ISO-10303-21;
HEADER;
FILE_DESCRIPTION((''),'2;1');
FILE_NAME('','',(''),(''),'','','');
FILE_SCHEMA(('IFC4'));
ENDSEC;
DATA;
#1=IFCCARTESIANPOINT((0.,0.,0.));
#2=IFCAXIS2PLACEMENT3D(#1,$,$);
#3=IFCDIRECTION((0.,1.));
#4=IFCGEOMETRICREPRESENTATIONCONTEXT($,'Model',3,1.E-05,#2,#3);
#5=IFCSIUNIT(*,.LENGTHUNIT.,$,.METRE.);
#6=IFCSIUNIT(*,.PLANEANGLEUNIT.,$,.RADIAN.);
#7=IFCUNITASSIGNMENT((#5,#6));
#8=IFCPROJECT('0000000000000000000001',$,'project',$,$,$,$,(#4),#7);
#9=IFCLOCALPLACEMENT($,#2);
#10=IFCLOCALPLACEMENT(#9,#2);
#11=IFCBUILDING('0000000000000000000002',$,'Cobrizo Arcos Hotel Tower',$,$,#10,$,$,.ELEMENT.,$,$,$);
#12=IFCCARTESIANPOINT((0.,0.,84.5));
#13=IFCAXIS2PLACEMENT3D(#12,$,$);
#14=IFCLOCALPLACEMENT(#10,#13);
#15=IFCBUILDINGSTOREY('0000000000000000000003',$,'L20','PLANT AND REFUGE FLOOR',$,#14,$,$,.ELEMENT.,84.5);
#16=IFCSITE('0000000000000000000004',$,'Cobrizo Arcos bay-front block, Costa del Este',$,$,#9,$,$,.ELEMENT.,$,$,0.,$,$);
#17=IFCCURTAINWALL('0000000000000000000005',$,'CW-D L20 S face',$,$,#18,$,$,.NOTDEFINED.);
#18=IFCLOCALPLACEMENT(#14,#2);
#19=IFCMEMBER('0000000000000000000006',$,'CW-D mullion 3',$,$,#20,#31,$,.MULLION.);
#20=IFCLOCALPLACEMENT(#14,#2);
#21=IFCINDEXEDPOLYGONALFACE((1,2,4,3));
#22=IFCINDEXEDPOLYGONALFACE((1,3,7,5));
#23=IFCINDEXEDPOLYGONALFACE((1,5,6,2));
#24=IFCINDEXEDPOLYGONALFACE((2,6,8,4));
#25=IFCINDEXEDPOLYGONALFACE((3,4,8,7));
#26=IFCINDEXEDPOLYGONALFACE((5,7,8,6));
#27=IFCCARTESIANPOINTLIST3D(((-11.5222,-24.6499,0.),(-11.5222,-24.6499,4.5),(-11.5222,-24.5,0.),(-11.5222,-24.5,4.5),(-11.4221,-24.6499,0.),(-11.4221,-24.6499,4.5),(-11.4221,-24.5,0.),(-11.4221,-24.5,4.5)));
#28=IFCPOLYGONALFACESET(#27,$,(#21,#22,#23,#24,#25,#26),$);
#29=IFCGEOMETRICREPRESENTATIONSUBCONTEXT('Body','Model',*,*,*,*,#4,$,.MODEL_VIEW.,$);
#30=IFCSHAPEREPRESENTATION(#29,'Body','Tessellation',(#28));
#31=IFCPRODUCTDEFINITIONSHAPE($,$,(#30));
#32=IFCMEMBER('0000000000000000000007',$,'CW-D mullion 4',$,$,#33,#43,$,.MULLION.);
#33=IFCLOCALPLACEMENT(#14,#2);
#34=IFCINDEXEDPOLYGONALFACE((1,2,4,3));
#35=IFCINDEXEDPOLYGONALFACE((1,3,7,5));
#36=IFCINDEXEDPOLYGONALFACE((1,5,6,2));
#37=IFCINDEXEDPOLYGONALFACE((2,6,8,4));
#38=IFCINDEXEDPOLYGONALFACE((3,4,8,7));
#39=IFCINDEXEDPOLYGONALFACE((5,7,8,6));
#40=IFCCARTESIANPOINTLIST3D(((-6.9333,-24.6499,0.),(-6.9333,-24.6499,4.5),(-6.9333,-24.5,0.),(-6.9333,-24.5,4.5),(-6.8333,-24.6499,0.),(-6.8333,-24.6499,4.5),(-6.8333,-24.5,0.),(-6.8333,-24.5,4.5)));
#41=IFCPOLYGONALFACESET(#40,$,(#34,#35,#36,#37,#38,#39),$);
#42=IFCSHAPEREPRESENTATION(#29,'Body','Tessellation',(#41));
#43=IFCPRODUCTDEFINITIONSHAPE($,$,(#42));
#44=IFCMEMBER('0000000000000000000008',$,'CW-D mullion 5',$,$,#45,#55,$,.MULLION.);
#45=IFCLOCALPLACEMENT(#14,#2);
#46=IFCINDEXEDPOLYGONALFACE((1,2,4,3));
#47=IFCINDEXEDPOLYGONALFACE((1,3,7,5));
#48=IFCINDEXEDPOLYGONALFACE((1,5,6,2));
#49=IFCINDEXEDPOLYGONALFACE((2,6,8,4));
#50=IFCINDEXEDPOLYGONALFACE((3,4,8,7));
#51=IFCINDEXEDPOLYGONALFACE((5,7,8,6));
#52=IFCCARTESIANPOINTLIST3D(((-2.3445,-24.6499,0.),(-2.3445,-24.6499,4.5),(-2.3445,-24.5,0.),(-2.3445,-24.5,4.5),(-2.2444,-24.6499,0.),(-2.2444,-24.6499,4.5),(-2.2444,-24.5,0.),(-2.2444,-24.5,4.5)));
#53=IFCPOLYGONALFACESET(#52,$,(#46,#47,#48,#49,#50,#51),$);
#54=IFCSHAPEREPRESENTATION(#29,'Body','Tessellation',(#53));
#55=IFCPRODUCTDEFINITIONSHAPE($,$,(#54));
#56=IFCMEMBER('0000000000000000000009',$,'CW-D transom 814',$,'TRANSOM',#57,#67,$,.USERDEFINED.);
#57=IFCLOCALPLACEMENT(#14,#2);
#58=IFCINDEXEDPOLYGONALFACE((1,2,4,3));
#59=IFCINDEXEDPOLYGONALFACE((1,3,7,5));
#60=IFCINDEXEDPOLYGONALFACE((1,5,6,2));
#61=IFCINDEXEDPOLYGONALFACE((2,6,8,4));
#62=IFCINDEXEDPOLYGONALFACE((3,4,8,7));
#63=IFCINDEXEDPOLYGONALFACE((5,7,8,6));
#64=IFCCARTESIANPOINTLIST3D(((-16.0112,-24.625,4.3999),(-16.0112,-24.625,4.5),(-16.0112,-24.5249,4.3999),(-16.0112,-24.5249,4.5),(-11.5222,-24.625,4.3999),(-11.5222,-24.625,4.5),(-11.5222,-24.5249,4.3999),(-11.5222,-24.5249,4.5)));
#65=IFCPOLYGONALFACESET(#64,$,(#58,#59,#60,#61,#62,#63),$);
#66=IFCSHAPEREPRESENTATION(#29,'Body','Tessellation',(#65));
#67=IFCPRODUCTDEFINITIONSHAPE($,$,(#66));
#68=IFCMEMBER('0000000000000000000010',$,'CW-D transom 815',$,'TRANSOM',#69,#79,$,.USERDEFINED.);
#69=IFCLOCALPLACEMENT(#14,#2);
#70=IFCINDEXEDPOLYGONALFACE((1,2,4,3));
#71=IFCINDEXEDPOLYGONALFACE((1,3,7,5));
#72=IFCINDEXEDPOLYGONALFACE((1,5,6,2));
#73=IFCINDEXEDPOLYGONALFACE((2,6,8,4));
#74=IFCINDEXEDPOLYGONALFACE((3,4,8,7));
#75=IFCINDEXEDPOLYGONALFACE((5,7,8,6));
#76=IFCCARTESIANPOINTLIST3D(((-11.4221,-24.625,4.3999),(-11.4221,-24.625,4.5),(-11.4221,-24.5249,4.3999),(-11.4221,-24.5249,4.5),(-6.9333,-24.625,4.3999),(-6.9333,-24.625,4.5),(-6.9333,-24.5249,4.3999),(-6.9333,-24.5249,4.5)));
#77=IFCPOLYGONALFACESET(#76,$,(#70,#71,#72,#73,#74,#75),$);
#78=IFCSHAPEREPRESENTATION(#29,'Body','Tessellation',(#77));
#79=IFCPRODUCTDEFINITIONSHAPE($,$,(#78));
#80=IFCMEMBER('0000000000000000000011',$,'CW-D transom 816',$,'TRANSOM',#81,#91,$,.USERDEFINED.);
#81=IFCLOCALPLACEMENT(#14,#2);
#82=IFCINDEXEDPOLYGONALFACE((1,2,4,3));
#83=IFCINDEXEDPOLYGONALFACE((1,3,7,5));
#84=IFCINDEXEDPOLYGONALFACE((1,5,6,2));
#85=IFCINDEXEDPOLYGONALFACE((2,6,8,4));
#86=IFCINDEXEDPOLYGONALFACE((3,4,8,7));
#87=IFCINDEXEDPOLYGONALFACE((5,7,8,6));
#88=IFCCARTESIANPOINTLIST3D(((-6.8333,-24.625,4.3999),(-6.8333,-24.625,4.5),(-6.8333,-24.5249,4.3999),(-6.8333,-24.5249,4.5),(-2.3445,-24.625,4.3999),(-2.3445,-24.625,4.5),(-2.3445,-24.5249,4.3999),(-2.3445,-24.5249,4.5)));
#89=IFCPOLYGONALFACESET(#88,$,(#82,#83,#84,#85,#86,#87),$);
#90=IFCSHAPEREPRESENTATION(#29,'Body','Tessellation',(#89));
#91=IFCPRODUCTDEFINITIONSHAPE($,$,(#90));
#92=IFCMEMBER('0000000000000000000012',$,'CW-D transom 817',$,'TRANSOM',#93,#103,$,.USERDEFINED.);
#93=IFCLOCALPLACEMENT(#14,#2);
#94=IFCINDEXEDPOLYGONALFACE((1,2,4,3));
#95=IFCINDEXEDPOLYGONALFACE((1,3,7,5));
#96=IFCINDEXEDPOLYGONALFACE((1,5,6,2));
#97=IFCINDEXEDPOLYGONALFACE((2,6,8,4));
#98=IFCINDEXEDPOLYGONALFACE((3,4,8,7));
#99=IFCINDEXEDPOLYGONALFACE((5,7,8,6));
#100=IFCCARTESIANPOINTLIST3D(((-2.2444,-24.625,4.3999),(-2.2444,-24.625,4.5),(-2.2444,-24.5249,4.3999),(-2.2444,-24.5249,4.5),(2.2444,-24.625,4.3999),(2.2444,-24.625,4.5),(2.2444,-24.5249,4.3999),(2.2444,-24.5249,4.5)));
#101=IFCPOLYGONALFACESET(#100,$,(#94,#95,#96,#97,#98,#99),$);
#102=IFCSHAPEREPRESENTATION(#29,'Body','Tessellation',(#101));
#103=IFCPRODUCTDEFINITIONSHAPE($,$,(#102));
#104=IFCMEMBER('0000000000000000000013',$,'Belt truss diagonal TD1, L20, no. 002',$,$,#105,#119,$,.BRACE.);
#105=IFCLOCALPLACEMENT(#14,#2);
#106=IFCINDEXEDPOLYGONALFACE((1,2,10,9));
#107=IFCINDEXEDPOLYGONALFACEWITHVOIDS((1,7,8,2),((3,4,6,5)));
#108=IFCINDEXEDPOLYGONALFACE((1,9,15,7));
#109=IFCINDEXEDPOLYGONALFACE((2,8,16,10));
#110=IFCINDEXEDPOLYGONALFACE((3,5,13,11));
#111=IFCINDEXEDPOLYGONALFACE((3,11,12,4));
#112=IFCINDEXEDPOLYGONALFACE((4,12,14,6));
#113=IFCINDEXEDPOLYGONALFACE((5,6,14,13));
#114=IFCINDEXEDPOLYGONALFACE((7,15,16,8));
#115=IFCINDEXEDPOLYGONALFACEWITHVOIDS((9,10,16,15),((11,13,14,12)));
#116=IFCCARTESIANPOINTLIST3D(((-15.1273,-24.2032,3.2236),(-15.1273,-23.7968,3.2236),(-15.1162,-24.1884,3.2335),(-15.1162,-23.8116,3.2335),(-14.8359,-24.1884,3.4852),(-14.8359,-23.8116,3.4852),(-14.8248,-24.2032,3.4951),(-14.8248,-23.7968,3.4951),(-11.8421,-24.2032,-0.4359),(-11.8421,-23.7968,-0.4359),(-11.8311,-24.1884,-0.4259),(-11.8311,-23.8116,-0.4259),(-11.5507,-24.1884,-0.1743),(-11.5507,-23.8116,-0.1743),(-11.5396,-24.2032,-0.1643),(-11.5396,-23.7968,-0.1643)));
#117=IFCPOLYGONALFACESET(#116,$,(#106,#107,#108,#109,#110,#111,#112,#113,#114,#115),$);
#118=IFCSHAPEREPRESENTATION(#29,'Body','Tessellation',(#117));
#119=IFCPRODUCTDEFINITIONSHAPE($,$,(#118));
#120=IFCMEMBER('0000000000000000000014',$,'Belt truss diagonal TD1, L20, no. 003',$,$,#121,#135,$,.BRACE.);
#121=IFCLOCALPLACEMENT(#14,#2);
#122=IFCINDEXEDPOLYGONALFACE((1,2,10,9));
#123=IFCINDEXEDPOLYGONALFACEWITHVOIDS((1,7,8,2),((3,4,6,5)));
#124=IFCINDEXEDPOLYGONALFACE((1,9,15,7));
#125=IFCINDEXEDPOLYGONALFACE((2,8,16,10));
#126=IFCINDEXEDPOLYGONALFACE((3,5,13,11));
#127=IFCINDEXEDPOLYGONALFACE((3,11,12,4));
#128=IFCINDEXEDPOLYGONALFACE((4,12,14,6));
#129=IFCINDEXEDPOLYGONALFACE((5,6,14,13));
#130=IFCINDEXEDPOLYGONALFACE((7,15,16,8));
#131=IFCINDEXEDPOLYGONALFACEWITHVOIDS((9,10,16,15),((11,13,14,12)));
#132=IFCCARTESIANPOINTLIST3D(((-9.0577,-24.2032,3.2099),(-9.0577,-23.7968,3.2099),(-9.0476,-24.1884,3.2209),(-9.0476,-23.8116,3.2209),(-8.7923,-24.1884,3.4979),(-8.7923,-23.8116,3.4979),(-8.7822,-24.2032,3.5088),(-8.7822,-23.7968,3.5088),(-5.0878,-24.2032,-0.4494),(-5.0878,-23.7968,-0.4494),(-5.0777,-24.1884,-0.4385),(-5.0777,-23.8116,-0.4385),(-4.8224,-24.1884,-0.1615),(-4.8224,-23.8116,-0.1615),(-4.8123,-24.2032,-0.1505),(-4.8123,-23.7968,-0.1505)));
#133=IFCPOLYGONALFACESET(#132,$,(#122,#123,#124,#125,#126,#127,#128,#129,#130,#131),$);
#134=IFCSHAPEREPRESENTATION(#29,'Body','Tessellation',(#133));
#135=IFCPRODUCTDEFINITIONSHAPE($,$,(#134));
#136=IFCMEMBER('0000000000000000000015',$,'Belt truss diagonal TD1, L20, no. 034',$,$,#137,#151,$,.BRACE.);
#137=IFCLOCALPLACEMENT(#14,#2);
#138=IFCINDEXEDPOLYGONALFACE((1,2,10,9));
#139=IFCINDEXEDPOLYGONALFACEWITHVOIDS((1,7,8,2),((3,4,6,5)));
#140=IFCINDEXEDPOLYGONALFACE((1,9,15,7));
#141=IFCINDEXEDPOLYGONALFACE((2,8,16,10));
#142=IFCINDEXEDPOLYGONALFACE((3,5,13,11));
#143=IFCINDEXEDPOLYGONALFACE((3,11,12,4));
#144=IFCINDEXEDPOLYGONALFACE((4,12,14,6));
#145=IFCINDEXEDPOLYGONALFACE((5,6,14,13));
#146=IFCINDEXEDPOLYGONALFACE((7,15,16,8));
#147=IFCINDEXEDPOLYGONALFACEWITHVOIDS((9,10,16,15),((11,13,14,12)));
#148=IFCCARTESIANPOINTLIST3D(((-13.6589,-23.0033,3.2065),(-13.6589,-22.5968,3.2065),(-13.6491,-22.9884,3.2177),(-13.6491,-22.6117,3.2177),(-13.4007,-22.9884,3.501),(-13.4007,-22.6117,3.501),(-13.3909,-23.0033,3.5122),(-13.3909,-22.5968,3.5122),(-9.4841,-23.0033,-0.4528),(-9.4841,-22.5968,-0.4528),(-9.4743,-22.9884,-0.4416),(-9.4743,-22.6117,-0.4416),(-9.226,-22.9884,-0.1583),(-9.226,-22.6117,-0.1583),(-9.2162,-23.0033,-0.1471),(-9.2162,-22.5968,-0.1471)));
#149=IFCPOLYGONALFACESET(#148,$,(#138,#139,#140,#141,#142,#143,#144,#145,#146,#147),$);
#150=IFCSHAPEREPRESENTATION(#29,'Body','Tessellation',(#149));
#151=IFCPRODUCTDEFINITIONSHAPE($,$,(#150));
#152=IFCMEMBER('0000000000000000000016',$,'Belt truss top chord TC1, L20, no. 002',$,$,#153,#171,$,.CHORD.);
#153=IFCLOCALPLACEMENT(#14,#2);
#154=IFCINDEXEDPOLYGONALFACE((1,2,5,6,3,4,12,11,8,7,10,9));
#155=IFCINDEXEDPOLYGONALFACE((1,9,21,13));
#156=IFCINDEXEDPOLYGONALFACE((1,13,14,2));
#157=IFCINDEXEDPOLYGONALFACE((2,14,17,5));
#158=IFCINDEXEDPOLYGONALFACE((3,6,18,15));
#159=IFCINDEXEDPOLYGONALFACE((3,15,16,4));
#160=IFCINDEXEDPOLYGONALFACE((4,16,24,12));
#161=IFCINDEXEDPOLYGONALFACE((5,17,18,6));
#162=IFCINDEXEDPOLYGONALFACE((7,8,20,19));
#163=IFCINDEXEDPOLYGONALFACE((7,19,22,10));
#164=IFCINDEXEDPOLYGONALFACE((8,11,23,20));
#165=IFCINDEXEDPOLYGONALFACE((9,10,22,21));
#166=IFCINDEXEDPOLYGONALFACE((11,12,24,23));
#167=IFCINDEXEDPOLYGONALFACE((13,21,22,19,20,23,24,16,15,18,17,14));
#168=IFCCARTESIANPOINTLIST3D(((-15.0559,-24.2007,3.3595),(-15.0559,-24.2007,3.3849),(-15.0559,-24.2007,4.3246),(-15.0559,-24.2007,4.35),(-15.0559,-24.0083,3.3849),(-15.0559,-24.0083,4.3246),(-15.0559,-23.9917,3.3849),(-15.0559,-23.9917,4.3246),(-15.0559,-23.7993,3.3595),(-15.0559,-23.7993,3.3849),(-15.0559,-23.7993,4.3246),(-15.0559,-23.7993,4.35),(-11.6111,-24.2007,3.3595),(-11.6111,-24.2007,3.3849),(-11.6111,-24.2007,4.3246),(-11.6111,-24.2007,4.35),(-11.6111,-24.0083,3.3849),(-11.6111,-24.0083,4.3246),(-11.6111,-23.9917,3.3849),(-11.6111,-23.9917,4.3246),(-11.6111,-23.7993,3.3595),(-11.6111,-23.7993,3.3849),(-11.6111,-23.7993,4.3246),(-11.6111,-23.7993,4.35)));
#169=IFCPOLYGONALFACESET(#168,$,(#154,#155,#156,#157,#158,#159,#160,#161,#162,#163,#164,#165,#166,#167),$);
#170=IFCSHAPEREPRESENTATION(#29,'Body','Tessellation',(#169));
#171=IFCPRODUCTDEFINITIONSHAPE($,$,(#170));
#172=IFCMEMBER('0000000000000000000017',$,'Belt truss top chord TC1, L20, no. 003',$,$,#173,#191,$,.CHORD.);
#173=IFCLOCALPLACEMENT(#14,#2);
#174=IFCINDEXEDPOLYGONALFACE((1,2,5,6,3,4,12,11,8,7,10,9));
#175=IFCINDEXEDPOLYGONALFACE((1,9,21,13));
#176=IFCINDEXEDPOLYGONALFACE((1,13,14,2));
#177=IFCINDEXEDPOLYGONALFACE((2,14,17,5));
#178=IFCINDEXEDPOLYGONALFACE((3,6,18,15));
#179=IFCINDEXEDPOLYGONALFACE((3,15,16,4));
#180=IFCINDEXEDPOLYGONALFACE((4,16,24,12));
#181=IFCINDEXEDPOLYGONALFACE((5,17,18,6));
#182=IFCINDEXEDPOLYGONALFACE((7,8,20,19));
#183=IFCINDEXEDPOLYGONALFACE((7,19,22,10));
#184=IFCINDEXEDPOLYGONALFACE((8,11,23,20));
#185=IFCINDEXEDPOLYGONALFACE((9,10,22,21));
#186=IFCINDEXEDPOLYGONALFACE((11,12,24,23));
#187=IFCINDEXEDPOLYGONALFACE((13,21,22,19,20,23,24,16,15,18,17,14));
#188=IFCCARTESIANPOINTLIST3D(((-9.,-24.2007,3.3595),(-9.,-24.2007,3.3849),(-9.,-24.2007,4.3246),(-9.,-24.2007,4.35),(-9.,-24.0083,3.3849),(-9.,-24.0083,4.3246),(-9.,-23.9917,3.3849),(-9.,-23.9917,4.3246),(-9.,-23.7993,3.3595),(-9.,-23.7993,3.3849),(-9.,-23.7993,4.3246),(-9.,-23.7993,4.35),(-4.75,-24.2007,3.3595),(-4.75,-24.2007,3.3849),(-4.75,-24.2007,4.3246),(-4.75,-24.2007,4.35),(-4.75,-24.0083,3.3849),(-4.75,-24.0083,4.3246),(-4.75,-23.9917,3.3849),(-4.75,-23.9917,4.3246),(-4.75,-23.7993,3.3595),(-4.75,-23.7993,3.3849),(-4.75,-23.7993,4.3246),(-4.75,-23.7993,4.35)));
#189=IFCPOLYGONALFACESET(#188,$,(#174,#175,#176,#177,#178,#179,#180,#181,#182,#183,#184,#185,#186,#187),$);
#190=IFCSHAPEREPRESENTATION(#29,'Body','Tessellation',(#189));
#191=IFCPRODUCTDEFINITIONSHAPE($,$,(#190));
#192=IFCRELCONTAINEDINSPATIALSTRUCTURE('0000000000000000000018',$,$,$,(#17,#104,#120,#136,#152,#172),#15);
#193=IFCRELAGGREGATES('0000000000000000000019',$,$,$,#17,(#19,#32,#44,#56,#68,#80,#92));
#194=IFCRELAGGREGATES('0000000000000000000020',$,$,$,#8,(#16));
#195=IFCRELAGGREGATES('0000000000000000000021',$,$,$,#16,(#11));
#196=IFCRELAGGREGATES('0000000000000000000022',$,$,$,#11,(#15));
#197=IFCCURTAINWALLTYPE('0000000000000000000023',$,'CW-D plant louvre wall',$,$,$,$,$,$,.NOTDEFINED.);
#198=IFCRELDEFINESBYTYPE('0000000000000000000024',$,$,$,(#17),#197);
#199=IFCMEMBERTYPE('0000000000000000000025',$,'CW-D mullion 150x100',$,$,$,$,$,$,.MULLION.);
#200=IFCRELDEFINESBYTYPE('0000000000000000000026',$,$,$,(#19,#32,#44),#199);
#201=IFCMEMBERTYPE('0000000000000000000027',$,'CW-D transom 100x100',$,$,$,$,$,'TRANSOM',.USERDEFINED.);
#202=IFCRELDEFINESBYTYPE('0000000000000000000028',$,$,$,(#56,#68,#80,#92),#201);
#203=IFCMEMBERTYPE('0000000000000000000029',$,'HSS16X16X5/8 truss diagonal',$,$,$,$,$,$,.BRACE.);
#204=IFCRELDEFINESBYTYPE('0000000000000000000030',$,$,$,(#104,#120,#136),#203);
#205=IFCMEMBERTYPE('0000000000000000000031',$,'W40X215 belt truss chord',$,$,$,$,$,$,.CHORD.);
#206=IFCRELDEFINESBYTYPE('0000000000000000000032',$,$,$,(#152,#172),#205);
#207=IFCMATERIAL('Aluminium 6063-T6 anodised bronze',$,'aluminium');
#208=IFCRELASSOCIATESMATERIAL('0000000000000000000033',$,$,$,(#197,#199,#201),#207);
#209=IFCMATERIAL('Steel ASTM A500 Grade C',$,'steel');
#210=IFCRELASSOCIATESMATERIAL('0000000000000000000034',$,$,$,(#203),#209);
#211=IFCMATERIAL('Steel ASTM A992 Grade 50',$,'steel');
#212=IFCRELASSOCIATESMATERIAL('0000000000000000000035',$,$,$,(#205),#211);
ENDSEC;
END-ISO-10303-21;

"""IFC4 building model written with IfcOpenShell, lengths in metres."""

from ifc_helpers import new_model, si_unit, direction, frame, origin, origin_2d, place, context, subcontext, project, spatial, rectangle, hollow_rectangle, i_section, extrude, material, material_profile, profile_set, type_object, element, aggregate, save


model = new_model("IFC4")

# Units and contexts
model_context = context("Model", 3, precision=1e-05, world=origin(), true_north=direction((0.0, 1.0)))
body_context = subcontext(model_context, "Body", "Model", "MODEL_VIEW")
ifc_project = project(units=[si_unit("LENGTHUNIT", "METRE"), si_unit("PLANEANGLEUNIT", "RADIAN")], contexts=[model_context])

# Site, building, storey
site_placement = place(None, origin())
site = spatial("IfcSite", under=ifc_project, at=site_placement, Name="Cobrizo Arcos bay-front block, Costa del Este", CompositionType="ELEMENT", RefElevation=0.0)
building_placement = place(site_placement, origin())
building = spatial("IfcBuilding", under=site, at=building_placement, Name="Cobrizo Arcos Hotel Tower", CompositionType="ELEMENT")
storey_placement = place(building_placement, frame((0.0, 0.0, 84.5)))
storey = spatial("IfcBuildingStorey", under=building, at=storey_placement, Name="L20", Description="PLANT AND REFUGE FLOOR", CompositionType="ELEMENT", Elevation=84.5)

# Curtain wall, members
ifc_material_1 = material(Name="Aluminium 6063-T6 anodised bronze", Category="aluminium")
curtain_wall_type = type_object("IfcCurtainWallType", Name="CW-D plant louvre wall", PredefinedType="NOTDEFINED", material=ifc_material_1)
curtain_wall_placement = place(storey_placement, origin())
curtain_wall = element("IfcCurtainWall", 1, at=curtain_wall_placement, inside=storey, type_object=curtain_wall_type, Name="CW-D L20 S face", PredefinedType="NOTDEFINED")
ifc_material_profile_1 = material_profile(ifc_material_1, rectangle(XDim=0.1499, YDim=0.1001, at=origin_2d()), Name="CW-D mullion 150x100")
ifc_profile_set_1 = profile_set([ifc_material_profile_1], Name="Aluminium 6063-T6 anodised bronze")
member_type_1 = type_object("IfcMemberType", Name="CW-D mullion 150x100", PredefinedType="MULLION", material=ifc_profile_set_1)
member_1_placement = place(storey_placement, frame((-11.4722, -24.575, 0.0), z_axis=(0.0, 0.0, 1.0), x_axis=(0.0, -1.0, 0.0)))
member_1 = element("IfcMember", 2, at=member_1_placement, type_object=member_type_1, Name="CW-D mullion 3", PredefinedType="MULLION", context=body_context, shape_type="SweptSolid", body=[
    extrude(rectangle(XDim=0.1499, YDim=0.1001, at=origin_2d()), origin(), (0.0, 0.0, 1.0), 4.5),
])
member_2_placement = place(storey_placement, frame((-6.8833, -24.575, 0.0), z_axis=(0.0, 0.0, 1.0), x_axis=(0.0, -1.0, 0.0)))
member_2 = element("IfcMember", 3, at=member_2_placement, type_object=member_type_1, Name="CW-D mullion 4", PredefinedType="MULLION", context=body_context, shape_type="SweptSolid", body=[
    extrude(rectangle(XDim=0.1499, YDim=0.1001, at=origin_2d()), origin(), (0.0, 0.0, 1.0), 4.5),
])
member_3_placement = place(storey_placement, frame((-2.2944, -24.575, 0.0), z_axis=(0.0, 0.0, 1.0), x_axis=(0.0, -1.0, 0.0)))
member_3 = element("IfcMember", 4, at=member_3_placement, type_object=member_type_1, Name="CW-D mullion 5", PredefinedType="MULLION", context=body_context, shape_type="SweptSolid", body=[
    extrude(rectangle(XDim=0.1499, YDim=0.1001, at=origin_2d()), origin(), (0.0, 0.0, 1.0), 4.5),
])
ifc_material_profile_2 = material_profile(ifc_material_1, rectangle(XDim=0.1001, YDim=0.1001, at=origin_2d()), Name="CW-D transom 100x100")
ifc_profile_set_2 = profile_set([ifc_material_profile_2], Name="Aluminium 6063-T6 anodised bronze")
member_type_2 = type_object("IfcMemberType", Name="CW-D transom 100x100", ElementType="TRANSOM", PredefinedType="USERDEFINED", material=ifc_profile_set_2)
member_4_placement = place(storey_placement, frame((-16.0112, -24.575, 4.45), z_axis=(1.0, 0.0, 0.0), x_axis=(0.0, 1.0, 0.0)))
member_4 = element("IfcMember", 5, at=member_4_placement, type_object=member_type_2, Name="CW-D transom 814", ObjectType="TRANSOM", PredefinedType="USERDEFINED", context=body_context, shape_type="SweptSolid", body=[
    extrude(rectangle(XDim=0.1001, YDim=0.1001, at=origin_2d()), origin(), (0.0, 0.0, 1.0), 4.489),
])
member_5_placement = place(storey_placement, frame((-11.4221, -24.575, 4.45), z_axis=(1.0, 0.0, 0.0), x_axis=(0.0, 1.0, 0.0)))
member_5 = element("IfcMember", 6, at=member_5_placement, type_object=member_type_2, Name="CW-D transom 815", ObjectType="TRANSOM", PredefinedType="USERDEFINED", context=body_context, shape_type="SweptSolid", body=[
    extrude(rectangle(XDim=0.1001, YDim=0.1001, at=origin_2d()), origin(), (0.0, 0.0, 1.0), 4.4888),
])
member_6_placement = place(storey_placement, frame((-6.8333, -24.575, 4.45), z_axis=(1.0, 0.0, 0.0), x_axis=(0.0, 1.0, 0.0)))
member_6 = element("IfcMember", 7, at=member_6_placement, type_object=member_type_2, Name="CW-D transom 816", ObjectType="TRANSOM", PredefinedType="USERDEFINED", context=body_context, shape_type="SweptSolid", body=[
    extrude(rectangle(XDim=0.1001, YDim=0.1001, at=origin_2d()), origin(), (0.0, 0.0, 1.0), 4.4888),
])
member_7_placement = place(storey_placement, frame((-2.2444, -24.575, 4.45), z_axis=(1.0, 0.0, 0.0), x_axis=(0.0, 1.0, 0.0)))
member_7 = element("IfcMember", 8, at=member_7_placement, type_object=member_type_2, Name="CW-D transom 817", ObjectType="TRANSOM", PredefinedType="USERDEFINED", context=body_context, shape_type="SweptSolid", body=[
    extrude(rectangle(XDim=0.1001, YDim=0.1001, at=origin_2d()), origin(), (0.0, 0.0, 1.0), 4.4888),
])

# Members
ifc_material_2 = material(Name="Steel ASTM A500 Grade C", Category="steel")
ifc_material_profile_3 = material_profile(ifc_material_2, hollow_rectangle(XDim=0.4065, YDim=0.4065, WallThickness=0.0149, at=origin_2d()), Name="HSS16X16X5/8")
ifc_profile_set_3 = profile_set([ifc_material_profile_3], Name="Steel ASTM A500 Grade C")
member_type_3 = type_object("IfcMemberType", Name="HSS16X16X5/8 truss diagonal", PredefinedType="BRACE", material=ifc_profile_set_3)
member_8_placement = place(storey_placement, frame((-14.9761, -24.0, 3.3594), z_axis=(0.668029, 0.0, -0.744135), x_axis=(0.0, 1.0, 0.0)))
element("IfcMember", 9, at=member_8_placement, inside=storey, type_object=member_type_3, Name="Belt truss diagonal TD1, L20, no. 002", PredefinedType="BRACE", context=body_context, shape_type="SweptSolid", body=[
    extrude(hollow_rectangle(XDim=0.4065, YDim=0.4065, WallThickness=0.0149, at=origin_2d()), origin(), (0.0, 0.0, 1.0), 4.9177),
])
member_9_placement = place(storey_placement, frame((-8.9199, -24.0, 3.3594), z_axis=(0.73528, 0.0, -0.677763), x_axis=(0.0, 1.0, 0.0)))
element("IfcMember", 10, at=member_9_placement, inside=storey, type_object=member_type_3, Name="Belt truss diagonal TD1, L20, no. 003", PredefinedType="BRACE", context=body_context, shape_type="SweptSolid", body=[
    extrude(hollow_rectangle(XDim=0.4065, YDim=0.4065, WallThickness=0.0149, at=origin_2d()), origin(), (0.0, 0.0, 1.0), 5.3992),
])
member_10_placement = place(storey_placement, frame((-13.5249, -22.8, 3.3594), z_axis=(0.751999, 0.0, -0.659164), x_axis=(0.0, 1.0, 0.0)))
element("IfcMember", 11, at=member_10_placement, inside=storey, type_object=member_type_3, Name="Belt truss diagonal TD1, L20, no. 034", PredefinedType="BRACE", context=body_context, shape_type="SweptSolid", body=[
    extrude(hollow_rectangle(XDim=0.4065, YDim=0.4065, WallThickness=0.0149, at=origin_2d()), origin(), (0.0, 0.0, 1.0), 5.5515),
])
ifc_material_3 = material(Name="Steel ASTM A992 Grade 50", Category="steel")
ifc_material_profile_4 = material_profile(ifc_material_3, i_section(OverallWidth=0.4014, OverallDepth=0.9905, WebThickness=0.0166, FlangeThickness=0.0254, at=origin_2d()), Name="W40X215")
ifc_profile_set_4 = profile_set([ifc_material_profile_4], Name="Steel ASTM A992 Grade 50")
member_type_4 = type_object("IfcMemberType", Name="W40X215 belt truss chord", PredefinedType="CHORD", material=ifc_profile_set_4)
member_11_placement = place(storey_placement, frame((-15.0559, -24.0, 3.8547), z_axis=(1.0, 0.0, 0.0), x_axis=(0.0, 1.0, 0.0)))
element("IfcMember", 12, at=member_11_placement, inside=storey, type_object=member_type_4, Name="Belt truss top chord TC1, L20, no. 002", PredefinedType="CHORD", context=body_context, shape_type="SweptSolid", body=[
    extrude(i_section(OverallWidth=0.4014, OverallDepth=0.9905, WebThickness=0.0166, FlangeThickness=0.0254, at=origin_2d()), origin(), (0.0, 0.0, 1.0), 3.4448),
])
member_12_placement = place(storey_placement, frame((-9.0, -24.0, 3.8547), z_axis=(1.0, 0.0, 0.0), x_axis=(0.0, 1.0, 0.0)))
element("IfcMember", 13, at=member_12_placement, inside=storey, type_object=member_type_4, Name="Belt truss top chord TC1, L20, no. 003", PredefinedType="CHORD", context=body_context, shape_type="SweptSolid", body=[
    extrude(i_section(OverallWidth=0.4014, OverallDepth=0.9905, WebThickness=0.0166, FlangeThickness=0.0254, at=origin_2d()), origin(), (0.0, 0.0, 1.0), 4.25),
])

aggregate(curtain_wall, [member_1, member_2, member_3, member_4, member_5, member_6, member_7])

save(model, "model.ifc")
